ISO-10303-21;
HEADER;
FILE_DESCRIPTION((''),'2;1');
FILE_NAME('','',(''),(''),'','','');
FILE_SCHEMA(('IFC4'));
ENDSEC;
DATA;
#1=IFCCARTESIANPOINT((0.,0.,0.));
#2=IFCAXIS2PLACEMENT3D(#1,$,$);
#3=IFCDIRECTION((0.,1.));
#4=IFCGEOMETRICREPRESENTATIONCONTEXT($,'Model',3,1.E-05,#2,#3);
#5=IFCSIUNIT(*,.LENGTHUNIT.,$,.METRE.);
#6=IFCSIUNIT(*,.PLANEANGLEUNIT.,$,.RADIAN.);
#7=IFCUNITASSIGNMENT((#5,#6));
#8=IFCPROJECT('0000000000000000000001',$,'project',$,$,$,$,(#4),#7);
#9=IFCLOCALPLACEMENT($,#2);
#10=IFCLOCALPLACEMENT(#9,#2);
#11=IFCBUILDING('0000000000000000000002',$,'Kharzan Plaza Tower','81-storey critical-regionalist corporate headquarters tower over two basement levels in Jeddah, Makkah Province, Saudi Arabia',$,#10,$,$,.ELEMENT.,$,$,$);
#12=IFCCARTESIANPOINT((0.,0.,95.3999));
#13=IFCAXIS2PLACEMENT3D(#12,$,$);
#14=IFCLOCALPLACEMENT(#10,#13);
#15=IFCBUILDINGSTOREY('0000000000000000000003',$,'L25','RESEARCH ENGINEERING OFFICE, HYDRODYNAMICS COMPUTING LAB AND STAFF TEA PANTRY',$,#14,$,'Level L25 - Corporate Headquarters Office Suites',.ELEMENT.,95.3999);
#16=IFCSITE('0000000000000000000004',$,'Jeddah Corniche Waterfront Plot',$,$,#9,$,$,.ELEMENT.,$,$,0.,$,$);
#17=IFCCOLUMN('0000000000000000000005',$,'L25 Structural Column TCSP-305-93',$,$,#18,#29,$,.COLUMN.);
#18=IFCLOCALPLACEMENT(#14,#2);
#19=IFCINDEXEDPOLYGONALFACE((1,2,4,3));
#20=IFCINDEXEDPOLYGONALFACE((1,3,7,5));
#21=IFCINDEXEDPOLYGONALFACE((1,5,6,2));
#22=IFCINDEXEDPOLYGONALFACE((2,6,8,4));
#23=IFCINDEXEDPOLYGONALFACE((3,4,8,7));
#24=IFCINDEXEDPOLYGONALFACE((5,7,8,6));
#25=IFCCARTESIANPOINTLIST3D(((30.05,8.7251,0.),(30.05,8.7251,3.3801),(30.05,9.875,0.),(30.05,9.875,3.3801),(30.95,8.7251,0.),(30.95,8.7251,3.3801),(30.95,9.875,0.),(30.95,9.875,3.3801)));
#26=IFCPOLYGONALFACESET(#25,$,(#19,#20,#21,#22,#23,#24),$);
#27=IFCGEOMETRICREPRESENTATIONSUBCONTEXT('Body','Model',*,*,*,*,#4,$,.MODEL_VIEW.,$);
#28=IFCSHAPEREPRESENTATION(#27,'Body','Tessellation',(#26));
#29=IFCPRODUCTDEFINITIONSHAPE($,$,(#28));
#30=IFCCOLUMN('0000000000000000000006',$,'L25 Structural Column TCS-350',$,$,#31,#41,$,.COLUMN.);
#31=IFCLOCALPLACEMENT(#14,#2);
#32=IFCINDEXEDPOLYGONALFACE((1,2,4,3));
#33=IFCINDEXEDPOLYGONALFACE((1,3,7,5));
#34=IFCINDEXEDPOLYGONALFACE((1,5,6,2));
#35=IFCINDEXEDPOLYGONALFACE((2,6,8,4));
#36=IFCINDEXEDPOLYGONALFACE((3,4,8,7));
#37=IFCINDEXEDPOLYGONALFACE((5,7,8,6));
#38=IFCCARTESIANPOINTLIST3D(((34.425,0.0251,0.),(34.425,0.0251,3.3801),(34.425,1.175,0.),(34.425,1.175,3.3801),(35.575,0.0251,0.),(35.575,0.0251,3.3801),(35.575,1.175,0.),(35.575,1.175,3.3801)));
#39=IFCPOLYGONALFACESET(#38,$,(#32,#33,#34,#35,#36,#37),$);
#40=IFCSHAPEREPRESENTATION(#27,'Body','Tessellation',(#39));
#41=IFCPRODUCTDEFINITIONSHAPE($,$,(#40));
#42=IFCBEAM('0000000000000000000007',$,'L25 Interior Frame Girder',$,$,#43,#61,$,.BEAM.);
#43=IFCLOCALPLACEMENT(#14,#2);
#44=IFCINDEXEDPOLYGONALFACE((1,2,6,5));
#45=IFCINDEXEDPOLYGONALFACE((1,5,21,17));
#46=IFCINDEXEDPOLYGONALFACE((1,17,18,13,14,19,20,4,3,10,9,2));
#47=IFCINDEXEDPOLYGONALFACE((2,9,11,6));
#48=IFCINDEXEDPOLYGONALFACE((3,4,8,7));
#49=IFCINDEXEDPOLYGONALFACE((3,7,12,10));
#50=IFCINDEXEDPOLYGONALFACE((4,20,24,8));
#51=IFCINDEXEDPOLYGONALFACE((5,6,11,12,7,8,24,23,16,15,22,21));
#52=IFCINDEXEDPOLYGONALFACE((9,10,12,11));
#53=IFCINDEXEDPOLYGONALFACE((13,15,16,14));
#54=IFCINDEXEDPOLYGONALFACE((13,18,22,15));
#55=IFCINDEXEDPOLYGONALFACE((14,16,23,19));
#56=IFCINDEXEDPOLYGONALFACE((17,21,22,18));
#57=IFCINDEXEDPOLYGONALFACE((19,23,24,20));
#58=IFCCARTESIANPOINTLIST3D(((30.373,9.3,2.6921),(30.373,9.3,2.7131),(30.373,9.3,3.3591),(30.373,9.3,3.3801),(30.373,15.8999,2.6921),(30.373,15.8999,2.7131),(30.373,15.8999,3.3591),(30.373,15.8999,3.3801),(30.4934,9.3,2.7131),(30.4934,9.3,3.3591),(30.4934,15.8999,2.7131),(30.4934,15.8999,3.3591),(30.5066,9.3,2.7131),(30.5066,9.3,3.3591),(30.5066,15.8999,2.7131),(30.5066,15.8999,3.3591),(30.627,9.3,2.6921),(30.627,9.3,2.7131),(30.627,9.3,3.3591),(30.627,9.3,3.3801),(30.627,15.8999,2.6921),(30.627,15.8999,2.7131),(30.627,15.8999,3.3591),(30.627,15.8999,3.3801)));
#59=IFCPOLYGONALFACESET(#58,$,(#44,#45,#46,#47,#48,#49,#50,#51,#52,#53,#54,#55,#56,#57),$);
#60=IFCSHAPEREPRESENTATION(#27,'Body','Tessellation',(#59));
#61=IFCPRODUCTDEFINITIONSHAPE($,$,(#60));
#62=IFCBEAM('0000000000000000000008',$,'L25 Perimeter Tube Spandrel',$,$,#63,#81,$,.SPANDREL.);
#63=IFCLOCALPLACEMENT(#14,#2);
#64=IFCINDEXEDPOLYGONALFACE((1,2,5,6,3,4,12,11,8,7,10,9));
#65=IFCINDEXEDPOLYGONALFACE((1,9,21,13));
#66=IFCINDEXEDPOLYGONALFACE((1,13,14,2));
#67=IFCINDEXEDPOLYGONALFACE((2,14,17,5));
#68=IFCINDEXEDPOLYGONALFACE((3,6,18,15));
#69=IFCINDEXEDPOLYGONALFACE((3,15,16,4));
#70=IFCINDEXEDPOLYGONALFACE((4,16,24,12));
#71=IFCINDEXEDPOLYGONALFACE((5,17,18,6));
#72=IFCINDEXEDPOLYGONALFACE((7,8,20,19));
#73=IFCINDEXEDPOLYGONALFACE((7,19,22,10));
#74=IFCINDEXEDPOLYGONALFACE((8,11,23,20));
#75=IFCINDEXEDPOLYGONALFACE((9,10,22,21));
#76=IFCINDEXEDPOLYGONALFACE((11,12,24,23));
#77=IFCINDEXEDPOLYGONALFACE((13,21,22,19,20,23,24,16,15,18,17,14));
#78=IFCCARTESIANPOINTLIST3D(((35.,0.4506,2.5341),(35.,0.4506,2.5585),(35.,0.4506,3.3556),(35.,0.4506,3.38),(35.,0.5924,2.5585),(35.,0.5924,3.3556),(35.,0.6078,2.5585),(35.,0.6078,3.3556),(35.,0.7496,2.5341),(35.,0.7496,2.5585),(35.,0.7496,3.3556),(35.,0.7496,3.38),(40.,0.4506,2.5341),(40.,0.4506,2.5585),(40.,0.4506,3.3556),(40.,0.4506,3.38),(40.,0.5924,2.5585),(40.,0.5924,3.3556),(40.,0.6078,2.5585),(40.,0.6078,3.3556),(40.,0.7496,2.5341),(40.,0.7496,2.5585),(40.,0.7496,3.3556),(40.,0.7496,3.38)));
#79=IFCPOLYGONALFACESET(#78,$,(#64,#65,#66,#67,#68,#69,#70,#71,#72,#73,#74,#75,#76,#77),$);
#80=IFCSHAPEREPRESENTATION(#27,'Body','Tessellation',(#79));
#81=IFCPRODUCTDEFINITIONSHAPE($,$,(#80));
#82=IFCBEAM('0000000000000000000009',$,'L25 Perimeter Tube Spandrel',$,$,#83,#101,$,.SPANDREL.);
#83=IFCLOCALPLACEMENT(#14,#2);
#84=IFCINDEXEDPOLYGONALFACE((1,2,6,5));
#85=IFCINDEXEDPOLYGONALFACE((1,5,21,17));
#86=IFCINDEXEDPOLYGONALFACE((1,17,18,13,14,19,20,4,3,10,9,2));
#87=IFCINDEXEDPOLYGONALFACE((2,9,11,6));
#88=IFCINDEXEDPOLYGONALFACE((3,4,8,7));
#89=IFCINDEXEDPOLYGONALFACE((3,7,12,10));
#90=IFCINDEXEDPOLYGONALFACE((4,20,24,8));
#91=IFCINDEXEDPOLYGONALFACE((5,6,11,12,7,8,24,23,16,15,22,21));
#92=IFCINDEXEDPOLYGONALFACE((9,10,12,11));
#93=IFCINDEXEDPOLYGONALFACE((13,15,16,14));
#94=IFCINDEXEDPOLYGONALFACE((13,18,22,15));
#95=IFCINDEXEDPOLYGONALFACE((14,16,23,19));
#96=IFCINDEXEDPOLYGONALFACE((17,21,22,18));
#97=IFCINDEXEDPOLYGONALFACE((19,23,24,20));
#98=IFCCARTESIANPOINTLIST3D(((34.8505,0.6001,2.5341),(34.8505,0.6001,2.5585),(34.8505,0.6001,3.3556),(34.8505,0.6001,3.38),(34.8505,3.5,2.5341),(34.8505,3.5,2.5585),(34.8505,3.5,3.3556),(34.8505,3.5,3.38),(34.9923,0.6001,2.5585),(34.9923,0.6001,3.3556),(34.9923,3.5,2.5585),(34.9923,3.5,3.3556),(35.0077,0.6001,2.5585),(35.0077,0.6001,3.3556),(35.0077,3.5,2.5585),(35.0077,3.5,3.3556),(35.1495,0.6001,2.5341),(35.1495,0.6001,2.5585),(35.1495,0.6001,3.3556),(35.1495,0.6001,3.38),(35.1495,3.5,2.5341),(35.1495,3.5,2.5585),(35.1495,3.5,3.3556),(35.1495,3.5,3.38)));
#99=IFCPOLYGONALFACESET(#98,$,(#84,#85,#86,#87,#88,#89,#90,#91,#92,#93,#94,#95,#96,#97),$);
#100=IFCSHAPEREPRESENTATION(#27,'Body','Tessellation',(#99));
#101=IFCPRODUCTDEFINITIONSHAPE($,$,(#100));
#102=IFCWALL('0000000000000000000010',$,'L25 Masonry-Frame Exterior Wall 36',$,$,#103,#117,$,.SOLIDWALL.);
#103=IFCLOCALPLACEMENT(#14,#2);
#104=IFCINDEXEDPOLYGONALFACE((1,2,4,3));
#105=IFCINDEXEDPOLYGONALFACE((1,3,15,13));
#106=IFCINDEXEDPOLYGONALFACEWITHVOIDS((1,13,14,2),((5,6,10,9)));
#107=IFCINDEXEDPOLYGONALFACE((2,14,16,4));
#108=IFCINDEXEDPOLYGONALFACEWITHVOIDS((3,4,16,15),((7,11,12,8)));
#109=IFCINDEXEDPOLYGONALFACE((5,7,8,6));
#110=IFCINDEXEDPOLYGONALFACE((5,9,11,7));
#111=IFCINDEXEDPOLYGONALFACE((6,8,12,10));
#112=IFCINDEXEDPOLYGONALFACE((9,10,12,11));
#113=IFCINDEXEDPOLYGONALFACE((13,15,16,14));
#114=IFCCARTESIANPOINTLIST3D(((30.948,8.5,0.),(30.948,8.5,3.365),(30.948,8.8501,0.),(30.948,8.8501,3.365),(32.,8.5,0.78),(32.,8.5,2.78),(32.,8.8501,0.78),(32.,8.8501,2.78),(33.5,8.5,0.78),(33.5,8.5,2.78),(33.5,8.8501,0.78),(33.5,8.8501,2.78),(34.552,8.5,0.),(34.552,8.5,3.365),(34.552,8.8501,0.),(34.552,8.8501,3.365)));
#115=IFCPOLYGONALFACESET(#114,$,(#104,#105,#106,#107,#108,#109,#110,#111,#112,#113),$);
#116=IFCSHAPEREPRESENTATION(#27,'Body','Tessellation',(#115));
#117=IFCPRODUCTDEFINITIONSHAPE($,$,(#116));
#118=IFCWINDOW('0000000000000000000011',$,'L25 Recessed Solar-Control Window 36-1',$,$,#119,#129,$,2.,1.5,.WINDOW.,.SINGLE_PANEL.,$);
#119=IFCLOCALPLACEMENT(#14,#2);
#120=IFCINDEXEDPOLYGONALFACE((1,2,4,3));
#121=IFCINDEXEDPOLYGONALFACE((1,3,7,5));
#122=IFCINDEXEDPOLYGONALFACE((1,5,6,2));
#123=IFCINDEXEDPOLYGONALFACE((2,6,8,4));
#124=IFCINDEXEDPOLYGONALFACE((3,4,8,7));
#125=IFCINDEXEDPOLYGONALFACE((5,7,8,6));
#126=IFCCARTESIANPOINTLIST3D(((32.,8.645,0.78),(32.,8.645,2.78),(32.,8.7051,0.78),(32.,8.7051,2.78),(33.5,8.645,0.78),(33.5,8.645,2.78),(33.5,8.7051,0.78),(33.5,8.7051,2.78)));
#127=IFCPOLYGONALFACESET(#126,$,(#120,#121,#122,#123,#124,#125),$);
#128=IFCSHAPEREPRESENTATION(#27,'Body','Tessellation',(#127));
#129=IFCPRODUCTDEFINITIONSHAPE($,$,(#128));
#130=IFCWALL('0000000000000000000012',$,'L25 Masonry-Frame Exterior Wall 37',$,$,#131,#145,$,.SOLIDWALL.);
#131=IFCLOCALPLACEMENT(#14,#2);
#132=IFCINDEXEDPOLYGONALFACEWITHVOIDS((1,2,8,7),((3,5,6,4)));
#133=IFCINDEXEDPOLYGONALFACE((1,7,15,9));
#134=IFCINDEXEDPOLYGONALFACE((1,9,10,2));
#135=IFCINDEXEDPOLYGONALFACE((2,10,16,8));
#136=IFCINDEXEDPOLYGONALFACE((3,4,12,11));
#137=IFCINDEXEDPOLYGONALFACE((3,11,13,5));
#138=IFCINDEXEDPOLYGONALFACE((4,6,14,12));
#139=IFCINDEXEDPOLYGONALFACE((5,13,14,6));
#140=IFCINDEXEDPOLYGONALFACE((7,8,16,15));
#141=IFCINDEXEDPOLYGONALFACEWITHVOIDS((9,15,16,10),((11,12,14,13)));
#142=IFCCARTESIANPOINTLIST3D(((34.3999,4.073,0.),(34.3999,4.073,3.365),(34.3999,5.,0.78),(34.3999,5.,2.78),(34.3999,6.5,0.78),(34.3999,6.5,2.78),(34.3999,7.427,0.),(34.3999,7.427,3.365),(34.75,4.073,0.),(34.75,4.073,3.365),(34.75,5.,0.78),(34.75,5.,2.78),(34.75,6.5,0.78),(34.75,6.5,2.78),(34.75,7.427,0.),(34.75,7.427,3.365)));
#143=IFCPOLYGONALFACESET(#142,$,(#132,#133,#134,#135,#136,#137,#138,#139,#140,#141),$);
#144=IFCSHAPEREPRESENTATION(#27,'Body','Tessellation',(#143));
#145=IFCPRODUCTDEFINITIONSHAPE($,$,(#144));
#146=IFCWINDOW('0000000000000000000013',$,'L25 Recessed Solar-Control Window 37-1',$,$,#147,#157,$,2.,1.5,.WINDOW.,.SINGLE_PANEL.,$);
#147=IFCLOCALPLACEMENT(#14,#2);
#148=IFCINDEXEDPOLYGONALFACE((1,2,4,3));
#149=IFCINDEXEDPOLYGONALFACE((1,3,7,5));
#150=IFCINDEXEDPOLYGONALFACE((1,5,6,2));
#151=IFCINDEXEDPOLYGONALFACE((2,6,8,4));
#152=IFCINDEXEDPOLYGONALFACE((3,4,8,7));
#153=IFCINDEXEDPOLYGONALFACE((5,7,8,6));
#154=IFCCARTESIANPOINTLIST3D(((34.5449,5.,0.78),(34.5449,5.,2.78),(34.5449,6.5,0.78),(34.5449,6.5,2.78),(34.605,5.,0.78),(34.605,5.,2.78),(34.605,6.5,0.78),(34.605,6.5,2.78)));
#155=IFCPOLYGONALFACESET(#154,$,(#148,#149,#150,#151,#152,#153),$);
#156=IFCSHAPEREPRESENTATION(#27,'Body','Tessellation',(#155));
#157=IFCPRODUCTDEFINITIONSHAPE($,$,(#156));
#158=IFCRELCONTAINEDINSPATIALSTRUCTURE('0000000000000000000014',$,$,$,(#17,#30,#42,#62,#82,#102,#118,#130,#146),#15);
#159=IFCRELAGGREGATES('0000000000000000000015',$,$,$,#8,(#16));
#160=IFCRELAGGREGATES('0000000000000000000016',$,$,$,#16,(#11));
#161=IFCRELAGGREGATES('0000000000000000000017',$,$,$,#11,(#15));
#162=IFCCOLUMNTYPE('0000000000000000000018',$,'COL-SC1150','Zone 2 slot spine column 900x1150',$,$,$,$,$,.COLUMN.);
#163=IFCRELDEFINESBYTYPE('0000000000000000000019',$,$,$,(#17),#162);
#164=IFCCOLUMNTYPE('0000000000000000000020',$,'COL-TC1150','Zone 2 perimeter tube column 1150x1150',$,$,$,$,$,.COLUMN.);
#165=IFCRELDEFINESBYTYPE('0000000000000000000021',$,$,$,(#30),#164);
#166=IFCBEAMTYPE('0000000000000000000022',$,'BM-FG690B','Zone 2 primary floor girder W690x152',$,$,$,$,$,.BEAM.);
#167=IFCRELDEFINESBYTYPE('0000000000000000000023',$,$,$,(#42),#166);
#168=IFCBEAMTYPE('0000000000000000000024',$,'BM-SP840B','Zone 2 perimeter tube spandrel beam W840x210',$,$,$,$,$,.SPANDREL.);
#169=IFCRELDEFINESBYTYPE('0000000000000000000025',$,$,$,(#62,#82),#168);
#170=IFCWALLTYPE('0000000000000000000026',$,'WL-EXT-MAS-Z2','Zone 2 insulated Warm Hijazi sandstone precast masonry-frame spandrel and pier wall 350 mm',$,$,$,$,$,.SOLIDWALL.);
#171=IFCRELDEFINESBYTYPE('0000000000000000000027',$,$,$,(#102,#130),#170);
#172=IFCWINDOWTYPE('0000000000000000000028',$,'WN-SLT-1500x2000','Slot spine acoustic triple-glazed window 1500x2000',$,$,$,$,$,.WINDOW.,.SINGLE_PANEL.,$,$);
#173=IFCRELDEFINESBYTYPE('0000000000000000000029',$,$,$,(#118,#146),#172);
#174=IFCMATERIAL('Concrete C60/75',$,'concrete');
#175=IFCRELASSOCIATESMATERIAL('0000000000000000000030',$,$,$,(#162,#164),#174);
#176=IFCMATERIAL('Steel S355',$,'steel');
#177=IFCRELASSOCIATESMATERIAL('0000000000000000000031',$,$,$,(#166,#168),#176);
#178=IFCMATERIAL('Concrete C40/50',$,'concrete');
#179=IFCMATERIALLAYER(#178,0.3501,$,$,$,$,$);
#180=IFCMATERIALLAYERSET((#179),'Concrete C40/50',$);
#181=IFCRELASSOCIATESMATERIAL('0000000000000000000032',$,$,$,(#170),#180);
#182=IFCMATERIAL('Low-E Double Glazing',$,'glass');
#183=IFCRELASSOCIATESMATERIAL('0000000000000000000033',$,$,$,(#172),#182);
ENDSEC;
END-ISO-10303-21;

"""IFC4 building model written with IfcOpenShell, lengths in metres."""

from ifc_helpers import new_model, si_unit, direction, frame, frame_2d, origin, origin_2d, place, context, subcontext, project, spatial, rectangle, i_section, extrude, source, transform, mapped, material, layer, layer_set, material_profile, profile_set, type_object, element, fill, save


model = new_model("IFC4")

# Units and contexts
model_context = context("Model", 3, precision=1e-05, world=origin(), true_north=direction((0.0, 1.0)))
body_context = subcontext(model_context, "Body", "Model", "MODEL_VIEW")
ifc_project = project(units=[si_unit("LENGTHUNIT", "METRE"), si_unit("PLANEANGLEUNIT", "RADIAN")], contexts=[model_context])

# Site, building, storey
site_placement = place(None, origin())
site = spatial("IfcSite", under=ifc_project, at=site_placement, Name="Jeddah Corniche Waterfront Plot", CompositionType="ELEMENT", RefElevation=0.0)
building_placement = place(site_placement, origin())
building = spatial("IfcBuilding", under=site, at=building_placement, Name="Kharzan Plaza Tower", Description="81-storey critical-regionalist corporate headquarters tower over two basement levels in Jeddah, Makkah Province, Saudi Arabia", CompositionType="ELEMENT")
storey_placement = place(building_placement, frame((0.0, 0.0, 95.3999)))
storey = spatial("IfcBuildingStorey", under=building, at=storey_placement, Name="L25", Description="RESEARCH ENGINEERING OFFICE, HYDRODYNAMICS COMPUTING LAB AND STAFF TEA PANTRY", LongName="Level L25 - Corporate Headquarters Office Suites", CompositionType="ELEMENT", Elevation=95.3999)

# Columns
ifc_material_1 = material(Name="Concrete C60/75", Category="concrete")
ifc_material_profile_1 = material_profile(ifc_material_1, rectangle(XDim=0.8999, YDim=1.1499, at=origin_2d()), Name="RC-SC1150x900")
ifc_profile_set_1 = profile_set([ifc_material_profile_1], Name="Concrete C60/75")
column_type_1 = type_object("IfcColumnType", Name="COL-SC1150", Description="Zone 2 slot spine column 900x1150", PredefinedType="COLUMN", material=ifc_profile_set_1)
shared_shape_1 = source(origin(), body_context, "Body", "SweptSolid", [
    extrude(rectangle(XDim=0.8999, YDim=1.1499, at=origin_2d()), origin(), (0.0, 0.0, 1.0), 3.3801),
])
column_1_placement = place(storey_placement, frame((30.5, 9.3, 0.0), z_axis=(0.0, 0.0, 1.0), x_axis=(1.0, 0.0, 0.0)))
element("IfcColumn", 1, at=column_1_placement, inside=storey, type_object=column_type_1, Name="L25 Structural Column TCSP-305-93", PredefinedType="COLUMN", context=body_context, shape_type="MappedRepresentation", body=[
    mapped(shared_shape_1, transform((0.0, 0.0, 0.0), x_axis=(1.0, 0.0, 0.0), y_axis=(0.0, 1.0, 0.0), z_axis=(0.0, 0.0, 1.0))),
])
ifc_material_profile_2 = material_profile(ifc_material_1, rectangle(XDim=1.1499, YDim=1.1499, at=origin_2d()), Name="RC-TC1150x1150")
ifc_profile_set_2 = profile_set([ifc_material_profile_2], Name="Concrete C60/75")
column_type_2 = type_object("IfcColumnType", Name="COL-TC1150", Description="Zone 2 perimeter tube column 1150x1150", PredefinedType="COLUMN", material=ifc_profile_set_2)
shared_shape_2 = source(origin(), body_context, "Body", "SweptSolid", [
    extrude(rectangle(XDim=1.1499, YDim=1.1499, at=origin_2d()), origin(), (0.0, 0.0, 1.0), 3.3801),
])
column_2_placement = place(storey_placement, frame((35.0, 0.6001, 0.0), z_axis=(0.0, 0.0, 1.0), x_axis=(1.0, 0.0, 0.0)))
element("IfcColumn", 2, at=column_2_placement, inside=storey, type_object=column_type_2, Name="L25 Structural Column TCS-350", PredefinedType="COLUMN", context=body_context, shape_type="MappedRepresentation", body=[
    mapped(shared_shape_2, transform((0.0, 0.0, 0.0), x_axis=(1.0, 0.0, 0.0), y_axis=(0.0, 1.0, 0.0), z_axis=(0.0, 0.0, 1.0))),
])

# Beams
ifc_material_2 = material(Name="Steel S355", Category="steel")
ifc_material_profile_3 = material_profile(ifc_material_2, i_section(OverallWidth=0.2539, OverallDepth=0.688, WebThickness=0.0132, FlangeThickness=0.021, at=origin_2d()), Name="W690x152")
ifc_profile_set_3 = profile_set([ifc_material_profile_3], Name="Steel S355")
beam_type_1 = type_object("IfcBeamType", Name="BM-FG690B", Description="Zone 2 primary floor girder W690x152", PredefinedType="BEAM", material=ifc_profile_set_3)
shared_shape_3 = source(origin(), body_context, "Body", "SweptSolid", [
    extrude(i_section(OverallWidth=0.2539, OverallDepth=0.688, WebThickness=0.0132, FlangeThickness=0.021, at=origin_2d()), origin(), (0.0, 0.0, 1.0), 6.5999),
])
beam_1_placement = place(storey_placement, frame((30.5, 9.3, 3.0361), z_axis=(0.0, 1.0, 0.0), x_axis=(-1.0, 0.0, 0.0)))
element("IfcBeam", 3, at=beam_1_placement, inside=storey, type_object=beam_type_1, Name="L25 Interior Frame Girder", PredefinedType="BEAM", context=body_context, shape_type="MappedRepresentation", body=[
    mapped(shared_shape_3, transform((0.0, 0.0, 0.0), x_axis=(1.0, 0.0, 0.0), y_axis=(0.0, 1.0, 0.0), z_axis=(0.0, 0.0, 1.0))),
])
ifc_material_profile_4 = material_profile(ifc_material_2, i_section(OverallWidth=0.2991, OverallDepth=0.8459, WebThickness=0.0154, FlangeThickness=0.0244, at=origin_2d()), Name="W840x210")
ifc_profile_set_4 = profile_set([ifc_material_profile_4], Name="Steel S355")
beam_type_2 = type_object("IfcBeamType", Name="BM-SP840B", Description="Zone 2 perimeter tube spandrel beam W840x210", PredefinedType="SPANDREL", material=ifc_profile_set_4)
shared_shape_4 = source(origin(), body_context, "Body", "SweptSolid", [
    extrude(i_section(OverallWidth=0.2991, OverallDepth=0.8459, WebThickness=0.0154, FlangeThickness=0.0244, at=origin_2d()), origin(), (0.0, 0.0, 1.0), 5.0),
])
beam_2_placement = place(storey_placement, frame((35.0, 0.6001, 2.957), z_axis=(1.0, 0.0, 0.0), x_axis=(0.0, 1.0, 0.0)))
element("IfcBeam", 4, at=beam_2_placement, inside=storey, type_object=beam_type_2, Name="L25 Perimeter Tube Spandrel", PredefinedType="SPANDREL", context=body_context, shape_type="MappedRepresentation", body=[
    mapped(shared_shape_4, transform((0.0, 0.0, 0.0), x_axis=(1.0, 0.0, 0.0), y_axis=(0.0, 1.0, 0.0), z_axis=(0.0, 0.0, 1.0))),
])
shared_shape_5 = source(origin(), body_context, "Body", "SweptSolid", [
    extrude(i_section(OverallWidth=0.2991, OverallDepth=0.8459, WebThickness=0.0154, FlangeThickness=0.0244, at=origin_2d()), origin(), (0.0, 0.0, 1.0), 2.8999),
])
beam_3_placement = place(storey_placement, frame((35.0, 0.6001, 2.957), z_axis=(0.0, 1.0, 0.0), x_axis=(-1.0, 0.0, 0.0)))
element("IfcBeam", 5, at=beam_3_placement, inside=storey, type_object=beam_type_2, Name="L25 Perimeter Tube Spandrel", PredefinedType="SPANDREL", context=body_context, shape_type="MappedRepresentation", body=[
    mapped(shared_shape_5, transform((0.0, 0.0, 0.0), x_axis=(1.0, 0.0, 0.0), y_axis=(0.0, 1.0, 0.0), z_axis=(0.0, 0.0, 1.0))),
])

# Walls, openings, windows
ifc_material_3 = material(Name="Concrete C40/50", Category="concrete")
ifc_layer_1 = layer(ifc_material_3, 0.3501)
ifc_layer_set_1 = layer_set([ifc_layer_1], Name="Concrete C40/50")
wall_type_1 = type_object("IfcWallType", Name="WL-EXT-MAS-Z2", Description="Zone 2 insulated Warm Hijazi sandstone precast masonry-frame spandrel and pier wall 350 mm", PredefinedType="SOLIDWALL", material=ifc_layer_set_1)
wall_1_placement = place(storey_placement, frame((30.948, 8.675, 0.0), z_axis=(0.0, 0.0, 1.0), x_axis=(1.0, 0.0, 0.0)))
wall_1 = element("IfcWall", 6, at=wall_1_placement, inside=storey, type_object=wall_type_1, Name="L25 Masonry-Frame Exterior Wall 36", PredefinedType="SOLIDWALL", context=body_context, shape_type="SweptSolid", body=[
    extrude(rectangle(XDim=3.604, YDim=0.3501, at=frame_2d((1.802, 0.0))), origin(), (0.0, 0.0, 1.0), 3.365),
])
opening_1_placement = place(wall_1_placement, frame((1.052, 0.0, 0.78)))
opening_1 = element("IfcOpeningElement", 7, at=opening_1_placement, cuts=wall_1, PredefinedType="OPENING", context=body_context, shape_type="SweptSolid", body=[
    extrude(rectangle(XDim=1.5, YDim=2.0, at=frame_2d((0.75, 1.0))), frame((0.0, 0.1851, 0.0), z_axis=(0.0, -1.0, 0.0), x_axis=(1.0, 0.0, 0.0)), (0.0, 0.0, 1.0), 0.3701),
])
ifc_material_4 = material(Name="Low-E Double Glazing", Category="glass")
window_type = type_object("IfcWindowType", Name="WN-SLT-1500x2000", Description="Slot spine acoustic triple-glazed window 1500x2000", PartitioningType="SINGLE_PANEL", PredefinedType="WINDOW", material=ifc_material_4)
shared_shape_6 = source(origin(), body_context, "Body", "SweptSolid", [
    extrude(rectangle(XDim=1.5, YDim=2.0, at=frame_2d((0.75, 1.0))), frame((0.0, 0.03, 0.0), z_axis=(0.0, -1.0, 0.0), x_axis=(1.0, 0.0, 0.0)), (0.0, 0.0, 1.0), 0.0601),
])
window_1_placement = place(opening_1_placement, origin())
window_1 = element("IfcWindow", 8, at=window_1_placement, inside=storey, type_object=window_type, Name="L25 Recessed Solar-Control Window 36-1", OverallHeight=2.0, OverallWidth=1.5, PartitioningType="SINGLE_PANEL", PredefinedType="WINDOW", context=body_context, shape_type="MappedRepresentation", body=[
    mapped(shared_shape_6, transform((0.0, 0.0, 0.0), x_axis=(1.0, 0.0, 0.0), y_axis=(0.0, 1.0, 0.0), z_axis=(0.0, 0.0, 1.0))),
])
fill(opening_1, window_1)
wall_2_placement = place(storey_placement, frame((34.575, 7.427, 0.0), z_axis=(0.0, 0.0, 1.0), x_axis=(0.0, -1.0, 0.0)))
wall_2 = element("IfcWall", 9, at=wall_2_placement, inside=storey, type_object=wall_type_1, Name="L25 Masonry-Frame Exterior Wall 37", PredefinedType="SOLIDWALL", context=body_context, shape_type="SweptSolid", body=[
    extrude(rectangle(XDim=3.354, YDim=0.3501, at=frame_2d((1.677, 0.0))), origin(), (0.0, 0.0, 1.0), 3.365),
])
opening_2_placement = place(wall_2_placement, frame((0.927, 0.0, 0.78)))
opening_2 = element("IfcOpeningElement", 10, at=opening_2_placement, cuts=wall_2, PredefinedType="OPENING", context=body_context, shape_type="SweptSolid", body=[
    extrude(rectangle(XDim=1.5, YDim=2.0, at=frame_2d((0.75, 1.0))), frame((0.0, 0.1851, 0.0), z_axis=(0.0, -1.0, 0.0), x_axis=(1.0, 0.0, 0.0)), (0.0, 0.0, 1.0), 0.3701),
])
window_2_placement = place(opening_2_placement, origin())
window_2 = element("IfcWindow", 11, at=window_2_placement, inside=storey, type_object=window_type, Name="L25 Recessed Solar-Control Window 37-1", OverallHeight=2.0, OverallWidth=1.5, PartitioningType="SINGLE_PANEL", PredefinedType="WINDOW", context=body_context, shape_type="MappedRepresentation", body=[
    mapped(shared_shape_6, transform((0.0, 0.0, 0.0), x_axis=(1.0, 0.0, 0.0), y_axis=(0.0, 1.0, 0.0), z_axis=(0.0, 0.0, 1.0))),
])
fill(opening_2, window_2)

save(model, "model.ifc")
